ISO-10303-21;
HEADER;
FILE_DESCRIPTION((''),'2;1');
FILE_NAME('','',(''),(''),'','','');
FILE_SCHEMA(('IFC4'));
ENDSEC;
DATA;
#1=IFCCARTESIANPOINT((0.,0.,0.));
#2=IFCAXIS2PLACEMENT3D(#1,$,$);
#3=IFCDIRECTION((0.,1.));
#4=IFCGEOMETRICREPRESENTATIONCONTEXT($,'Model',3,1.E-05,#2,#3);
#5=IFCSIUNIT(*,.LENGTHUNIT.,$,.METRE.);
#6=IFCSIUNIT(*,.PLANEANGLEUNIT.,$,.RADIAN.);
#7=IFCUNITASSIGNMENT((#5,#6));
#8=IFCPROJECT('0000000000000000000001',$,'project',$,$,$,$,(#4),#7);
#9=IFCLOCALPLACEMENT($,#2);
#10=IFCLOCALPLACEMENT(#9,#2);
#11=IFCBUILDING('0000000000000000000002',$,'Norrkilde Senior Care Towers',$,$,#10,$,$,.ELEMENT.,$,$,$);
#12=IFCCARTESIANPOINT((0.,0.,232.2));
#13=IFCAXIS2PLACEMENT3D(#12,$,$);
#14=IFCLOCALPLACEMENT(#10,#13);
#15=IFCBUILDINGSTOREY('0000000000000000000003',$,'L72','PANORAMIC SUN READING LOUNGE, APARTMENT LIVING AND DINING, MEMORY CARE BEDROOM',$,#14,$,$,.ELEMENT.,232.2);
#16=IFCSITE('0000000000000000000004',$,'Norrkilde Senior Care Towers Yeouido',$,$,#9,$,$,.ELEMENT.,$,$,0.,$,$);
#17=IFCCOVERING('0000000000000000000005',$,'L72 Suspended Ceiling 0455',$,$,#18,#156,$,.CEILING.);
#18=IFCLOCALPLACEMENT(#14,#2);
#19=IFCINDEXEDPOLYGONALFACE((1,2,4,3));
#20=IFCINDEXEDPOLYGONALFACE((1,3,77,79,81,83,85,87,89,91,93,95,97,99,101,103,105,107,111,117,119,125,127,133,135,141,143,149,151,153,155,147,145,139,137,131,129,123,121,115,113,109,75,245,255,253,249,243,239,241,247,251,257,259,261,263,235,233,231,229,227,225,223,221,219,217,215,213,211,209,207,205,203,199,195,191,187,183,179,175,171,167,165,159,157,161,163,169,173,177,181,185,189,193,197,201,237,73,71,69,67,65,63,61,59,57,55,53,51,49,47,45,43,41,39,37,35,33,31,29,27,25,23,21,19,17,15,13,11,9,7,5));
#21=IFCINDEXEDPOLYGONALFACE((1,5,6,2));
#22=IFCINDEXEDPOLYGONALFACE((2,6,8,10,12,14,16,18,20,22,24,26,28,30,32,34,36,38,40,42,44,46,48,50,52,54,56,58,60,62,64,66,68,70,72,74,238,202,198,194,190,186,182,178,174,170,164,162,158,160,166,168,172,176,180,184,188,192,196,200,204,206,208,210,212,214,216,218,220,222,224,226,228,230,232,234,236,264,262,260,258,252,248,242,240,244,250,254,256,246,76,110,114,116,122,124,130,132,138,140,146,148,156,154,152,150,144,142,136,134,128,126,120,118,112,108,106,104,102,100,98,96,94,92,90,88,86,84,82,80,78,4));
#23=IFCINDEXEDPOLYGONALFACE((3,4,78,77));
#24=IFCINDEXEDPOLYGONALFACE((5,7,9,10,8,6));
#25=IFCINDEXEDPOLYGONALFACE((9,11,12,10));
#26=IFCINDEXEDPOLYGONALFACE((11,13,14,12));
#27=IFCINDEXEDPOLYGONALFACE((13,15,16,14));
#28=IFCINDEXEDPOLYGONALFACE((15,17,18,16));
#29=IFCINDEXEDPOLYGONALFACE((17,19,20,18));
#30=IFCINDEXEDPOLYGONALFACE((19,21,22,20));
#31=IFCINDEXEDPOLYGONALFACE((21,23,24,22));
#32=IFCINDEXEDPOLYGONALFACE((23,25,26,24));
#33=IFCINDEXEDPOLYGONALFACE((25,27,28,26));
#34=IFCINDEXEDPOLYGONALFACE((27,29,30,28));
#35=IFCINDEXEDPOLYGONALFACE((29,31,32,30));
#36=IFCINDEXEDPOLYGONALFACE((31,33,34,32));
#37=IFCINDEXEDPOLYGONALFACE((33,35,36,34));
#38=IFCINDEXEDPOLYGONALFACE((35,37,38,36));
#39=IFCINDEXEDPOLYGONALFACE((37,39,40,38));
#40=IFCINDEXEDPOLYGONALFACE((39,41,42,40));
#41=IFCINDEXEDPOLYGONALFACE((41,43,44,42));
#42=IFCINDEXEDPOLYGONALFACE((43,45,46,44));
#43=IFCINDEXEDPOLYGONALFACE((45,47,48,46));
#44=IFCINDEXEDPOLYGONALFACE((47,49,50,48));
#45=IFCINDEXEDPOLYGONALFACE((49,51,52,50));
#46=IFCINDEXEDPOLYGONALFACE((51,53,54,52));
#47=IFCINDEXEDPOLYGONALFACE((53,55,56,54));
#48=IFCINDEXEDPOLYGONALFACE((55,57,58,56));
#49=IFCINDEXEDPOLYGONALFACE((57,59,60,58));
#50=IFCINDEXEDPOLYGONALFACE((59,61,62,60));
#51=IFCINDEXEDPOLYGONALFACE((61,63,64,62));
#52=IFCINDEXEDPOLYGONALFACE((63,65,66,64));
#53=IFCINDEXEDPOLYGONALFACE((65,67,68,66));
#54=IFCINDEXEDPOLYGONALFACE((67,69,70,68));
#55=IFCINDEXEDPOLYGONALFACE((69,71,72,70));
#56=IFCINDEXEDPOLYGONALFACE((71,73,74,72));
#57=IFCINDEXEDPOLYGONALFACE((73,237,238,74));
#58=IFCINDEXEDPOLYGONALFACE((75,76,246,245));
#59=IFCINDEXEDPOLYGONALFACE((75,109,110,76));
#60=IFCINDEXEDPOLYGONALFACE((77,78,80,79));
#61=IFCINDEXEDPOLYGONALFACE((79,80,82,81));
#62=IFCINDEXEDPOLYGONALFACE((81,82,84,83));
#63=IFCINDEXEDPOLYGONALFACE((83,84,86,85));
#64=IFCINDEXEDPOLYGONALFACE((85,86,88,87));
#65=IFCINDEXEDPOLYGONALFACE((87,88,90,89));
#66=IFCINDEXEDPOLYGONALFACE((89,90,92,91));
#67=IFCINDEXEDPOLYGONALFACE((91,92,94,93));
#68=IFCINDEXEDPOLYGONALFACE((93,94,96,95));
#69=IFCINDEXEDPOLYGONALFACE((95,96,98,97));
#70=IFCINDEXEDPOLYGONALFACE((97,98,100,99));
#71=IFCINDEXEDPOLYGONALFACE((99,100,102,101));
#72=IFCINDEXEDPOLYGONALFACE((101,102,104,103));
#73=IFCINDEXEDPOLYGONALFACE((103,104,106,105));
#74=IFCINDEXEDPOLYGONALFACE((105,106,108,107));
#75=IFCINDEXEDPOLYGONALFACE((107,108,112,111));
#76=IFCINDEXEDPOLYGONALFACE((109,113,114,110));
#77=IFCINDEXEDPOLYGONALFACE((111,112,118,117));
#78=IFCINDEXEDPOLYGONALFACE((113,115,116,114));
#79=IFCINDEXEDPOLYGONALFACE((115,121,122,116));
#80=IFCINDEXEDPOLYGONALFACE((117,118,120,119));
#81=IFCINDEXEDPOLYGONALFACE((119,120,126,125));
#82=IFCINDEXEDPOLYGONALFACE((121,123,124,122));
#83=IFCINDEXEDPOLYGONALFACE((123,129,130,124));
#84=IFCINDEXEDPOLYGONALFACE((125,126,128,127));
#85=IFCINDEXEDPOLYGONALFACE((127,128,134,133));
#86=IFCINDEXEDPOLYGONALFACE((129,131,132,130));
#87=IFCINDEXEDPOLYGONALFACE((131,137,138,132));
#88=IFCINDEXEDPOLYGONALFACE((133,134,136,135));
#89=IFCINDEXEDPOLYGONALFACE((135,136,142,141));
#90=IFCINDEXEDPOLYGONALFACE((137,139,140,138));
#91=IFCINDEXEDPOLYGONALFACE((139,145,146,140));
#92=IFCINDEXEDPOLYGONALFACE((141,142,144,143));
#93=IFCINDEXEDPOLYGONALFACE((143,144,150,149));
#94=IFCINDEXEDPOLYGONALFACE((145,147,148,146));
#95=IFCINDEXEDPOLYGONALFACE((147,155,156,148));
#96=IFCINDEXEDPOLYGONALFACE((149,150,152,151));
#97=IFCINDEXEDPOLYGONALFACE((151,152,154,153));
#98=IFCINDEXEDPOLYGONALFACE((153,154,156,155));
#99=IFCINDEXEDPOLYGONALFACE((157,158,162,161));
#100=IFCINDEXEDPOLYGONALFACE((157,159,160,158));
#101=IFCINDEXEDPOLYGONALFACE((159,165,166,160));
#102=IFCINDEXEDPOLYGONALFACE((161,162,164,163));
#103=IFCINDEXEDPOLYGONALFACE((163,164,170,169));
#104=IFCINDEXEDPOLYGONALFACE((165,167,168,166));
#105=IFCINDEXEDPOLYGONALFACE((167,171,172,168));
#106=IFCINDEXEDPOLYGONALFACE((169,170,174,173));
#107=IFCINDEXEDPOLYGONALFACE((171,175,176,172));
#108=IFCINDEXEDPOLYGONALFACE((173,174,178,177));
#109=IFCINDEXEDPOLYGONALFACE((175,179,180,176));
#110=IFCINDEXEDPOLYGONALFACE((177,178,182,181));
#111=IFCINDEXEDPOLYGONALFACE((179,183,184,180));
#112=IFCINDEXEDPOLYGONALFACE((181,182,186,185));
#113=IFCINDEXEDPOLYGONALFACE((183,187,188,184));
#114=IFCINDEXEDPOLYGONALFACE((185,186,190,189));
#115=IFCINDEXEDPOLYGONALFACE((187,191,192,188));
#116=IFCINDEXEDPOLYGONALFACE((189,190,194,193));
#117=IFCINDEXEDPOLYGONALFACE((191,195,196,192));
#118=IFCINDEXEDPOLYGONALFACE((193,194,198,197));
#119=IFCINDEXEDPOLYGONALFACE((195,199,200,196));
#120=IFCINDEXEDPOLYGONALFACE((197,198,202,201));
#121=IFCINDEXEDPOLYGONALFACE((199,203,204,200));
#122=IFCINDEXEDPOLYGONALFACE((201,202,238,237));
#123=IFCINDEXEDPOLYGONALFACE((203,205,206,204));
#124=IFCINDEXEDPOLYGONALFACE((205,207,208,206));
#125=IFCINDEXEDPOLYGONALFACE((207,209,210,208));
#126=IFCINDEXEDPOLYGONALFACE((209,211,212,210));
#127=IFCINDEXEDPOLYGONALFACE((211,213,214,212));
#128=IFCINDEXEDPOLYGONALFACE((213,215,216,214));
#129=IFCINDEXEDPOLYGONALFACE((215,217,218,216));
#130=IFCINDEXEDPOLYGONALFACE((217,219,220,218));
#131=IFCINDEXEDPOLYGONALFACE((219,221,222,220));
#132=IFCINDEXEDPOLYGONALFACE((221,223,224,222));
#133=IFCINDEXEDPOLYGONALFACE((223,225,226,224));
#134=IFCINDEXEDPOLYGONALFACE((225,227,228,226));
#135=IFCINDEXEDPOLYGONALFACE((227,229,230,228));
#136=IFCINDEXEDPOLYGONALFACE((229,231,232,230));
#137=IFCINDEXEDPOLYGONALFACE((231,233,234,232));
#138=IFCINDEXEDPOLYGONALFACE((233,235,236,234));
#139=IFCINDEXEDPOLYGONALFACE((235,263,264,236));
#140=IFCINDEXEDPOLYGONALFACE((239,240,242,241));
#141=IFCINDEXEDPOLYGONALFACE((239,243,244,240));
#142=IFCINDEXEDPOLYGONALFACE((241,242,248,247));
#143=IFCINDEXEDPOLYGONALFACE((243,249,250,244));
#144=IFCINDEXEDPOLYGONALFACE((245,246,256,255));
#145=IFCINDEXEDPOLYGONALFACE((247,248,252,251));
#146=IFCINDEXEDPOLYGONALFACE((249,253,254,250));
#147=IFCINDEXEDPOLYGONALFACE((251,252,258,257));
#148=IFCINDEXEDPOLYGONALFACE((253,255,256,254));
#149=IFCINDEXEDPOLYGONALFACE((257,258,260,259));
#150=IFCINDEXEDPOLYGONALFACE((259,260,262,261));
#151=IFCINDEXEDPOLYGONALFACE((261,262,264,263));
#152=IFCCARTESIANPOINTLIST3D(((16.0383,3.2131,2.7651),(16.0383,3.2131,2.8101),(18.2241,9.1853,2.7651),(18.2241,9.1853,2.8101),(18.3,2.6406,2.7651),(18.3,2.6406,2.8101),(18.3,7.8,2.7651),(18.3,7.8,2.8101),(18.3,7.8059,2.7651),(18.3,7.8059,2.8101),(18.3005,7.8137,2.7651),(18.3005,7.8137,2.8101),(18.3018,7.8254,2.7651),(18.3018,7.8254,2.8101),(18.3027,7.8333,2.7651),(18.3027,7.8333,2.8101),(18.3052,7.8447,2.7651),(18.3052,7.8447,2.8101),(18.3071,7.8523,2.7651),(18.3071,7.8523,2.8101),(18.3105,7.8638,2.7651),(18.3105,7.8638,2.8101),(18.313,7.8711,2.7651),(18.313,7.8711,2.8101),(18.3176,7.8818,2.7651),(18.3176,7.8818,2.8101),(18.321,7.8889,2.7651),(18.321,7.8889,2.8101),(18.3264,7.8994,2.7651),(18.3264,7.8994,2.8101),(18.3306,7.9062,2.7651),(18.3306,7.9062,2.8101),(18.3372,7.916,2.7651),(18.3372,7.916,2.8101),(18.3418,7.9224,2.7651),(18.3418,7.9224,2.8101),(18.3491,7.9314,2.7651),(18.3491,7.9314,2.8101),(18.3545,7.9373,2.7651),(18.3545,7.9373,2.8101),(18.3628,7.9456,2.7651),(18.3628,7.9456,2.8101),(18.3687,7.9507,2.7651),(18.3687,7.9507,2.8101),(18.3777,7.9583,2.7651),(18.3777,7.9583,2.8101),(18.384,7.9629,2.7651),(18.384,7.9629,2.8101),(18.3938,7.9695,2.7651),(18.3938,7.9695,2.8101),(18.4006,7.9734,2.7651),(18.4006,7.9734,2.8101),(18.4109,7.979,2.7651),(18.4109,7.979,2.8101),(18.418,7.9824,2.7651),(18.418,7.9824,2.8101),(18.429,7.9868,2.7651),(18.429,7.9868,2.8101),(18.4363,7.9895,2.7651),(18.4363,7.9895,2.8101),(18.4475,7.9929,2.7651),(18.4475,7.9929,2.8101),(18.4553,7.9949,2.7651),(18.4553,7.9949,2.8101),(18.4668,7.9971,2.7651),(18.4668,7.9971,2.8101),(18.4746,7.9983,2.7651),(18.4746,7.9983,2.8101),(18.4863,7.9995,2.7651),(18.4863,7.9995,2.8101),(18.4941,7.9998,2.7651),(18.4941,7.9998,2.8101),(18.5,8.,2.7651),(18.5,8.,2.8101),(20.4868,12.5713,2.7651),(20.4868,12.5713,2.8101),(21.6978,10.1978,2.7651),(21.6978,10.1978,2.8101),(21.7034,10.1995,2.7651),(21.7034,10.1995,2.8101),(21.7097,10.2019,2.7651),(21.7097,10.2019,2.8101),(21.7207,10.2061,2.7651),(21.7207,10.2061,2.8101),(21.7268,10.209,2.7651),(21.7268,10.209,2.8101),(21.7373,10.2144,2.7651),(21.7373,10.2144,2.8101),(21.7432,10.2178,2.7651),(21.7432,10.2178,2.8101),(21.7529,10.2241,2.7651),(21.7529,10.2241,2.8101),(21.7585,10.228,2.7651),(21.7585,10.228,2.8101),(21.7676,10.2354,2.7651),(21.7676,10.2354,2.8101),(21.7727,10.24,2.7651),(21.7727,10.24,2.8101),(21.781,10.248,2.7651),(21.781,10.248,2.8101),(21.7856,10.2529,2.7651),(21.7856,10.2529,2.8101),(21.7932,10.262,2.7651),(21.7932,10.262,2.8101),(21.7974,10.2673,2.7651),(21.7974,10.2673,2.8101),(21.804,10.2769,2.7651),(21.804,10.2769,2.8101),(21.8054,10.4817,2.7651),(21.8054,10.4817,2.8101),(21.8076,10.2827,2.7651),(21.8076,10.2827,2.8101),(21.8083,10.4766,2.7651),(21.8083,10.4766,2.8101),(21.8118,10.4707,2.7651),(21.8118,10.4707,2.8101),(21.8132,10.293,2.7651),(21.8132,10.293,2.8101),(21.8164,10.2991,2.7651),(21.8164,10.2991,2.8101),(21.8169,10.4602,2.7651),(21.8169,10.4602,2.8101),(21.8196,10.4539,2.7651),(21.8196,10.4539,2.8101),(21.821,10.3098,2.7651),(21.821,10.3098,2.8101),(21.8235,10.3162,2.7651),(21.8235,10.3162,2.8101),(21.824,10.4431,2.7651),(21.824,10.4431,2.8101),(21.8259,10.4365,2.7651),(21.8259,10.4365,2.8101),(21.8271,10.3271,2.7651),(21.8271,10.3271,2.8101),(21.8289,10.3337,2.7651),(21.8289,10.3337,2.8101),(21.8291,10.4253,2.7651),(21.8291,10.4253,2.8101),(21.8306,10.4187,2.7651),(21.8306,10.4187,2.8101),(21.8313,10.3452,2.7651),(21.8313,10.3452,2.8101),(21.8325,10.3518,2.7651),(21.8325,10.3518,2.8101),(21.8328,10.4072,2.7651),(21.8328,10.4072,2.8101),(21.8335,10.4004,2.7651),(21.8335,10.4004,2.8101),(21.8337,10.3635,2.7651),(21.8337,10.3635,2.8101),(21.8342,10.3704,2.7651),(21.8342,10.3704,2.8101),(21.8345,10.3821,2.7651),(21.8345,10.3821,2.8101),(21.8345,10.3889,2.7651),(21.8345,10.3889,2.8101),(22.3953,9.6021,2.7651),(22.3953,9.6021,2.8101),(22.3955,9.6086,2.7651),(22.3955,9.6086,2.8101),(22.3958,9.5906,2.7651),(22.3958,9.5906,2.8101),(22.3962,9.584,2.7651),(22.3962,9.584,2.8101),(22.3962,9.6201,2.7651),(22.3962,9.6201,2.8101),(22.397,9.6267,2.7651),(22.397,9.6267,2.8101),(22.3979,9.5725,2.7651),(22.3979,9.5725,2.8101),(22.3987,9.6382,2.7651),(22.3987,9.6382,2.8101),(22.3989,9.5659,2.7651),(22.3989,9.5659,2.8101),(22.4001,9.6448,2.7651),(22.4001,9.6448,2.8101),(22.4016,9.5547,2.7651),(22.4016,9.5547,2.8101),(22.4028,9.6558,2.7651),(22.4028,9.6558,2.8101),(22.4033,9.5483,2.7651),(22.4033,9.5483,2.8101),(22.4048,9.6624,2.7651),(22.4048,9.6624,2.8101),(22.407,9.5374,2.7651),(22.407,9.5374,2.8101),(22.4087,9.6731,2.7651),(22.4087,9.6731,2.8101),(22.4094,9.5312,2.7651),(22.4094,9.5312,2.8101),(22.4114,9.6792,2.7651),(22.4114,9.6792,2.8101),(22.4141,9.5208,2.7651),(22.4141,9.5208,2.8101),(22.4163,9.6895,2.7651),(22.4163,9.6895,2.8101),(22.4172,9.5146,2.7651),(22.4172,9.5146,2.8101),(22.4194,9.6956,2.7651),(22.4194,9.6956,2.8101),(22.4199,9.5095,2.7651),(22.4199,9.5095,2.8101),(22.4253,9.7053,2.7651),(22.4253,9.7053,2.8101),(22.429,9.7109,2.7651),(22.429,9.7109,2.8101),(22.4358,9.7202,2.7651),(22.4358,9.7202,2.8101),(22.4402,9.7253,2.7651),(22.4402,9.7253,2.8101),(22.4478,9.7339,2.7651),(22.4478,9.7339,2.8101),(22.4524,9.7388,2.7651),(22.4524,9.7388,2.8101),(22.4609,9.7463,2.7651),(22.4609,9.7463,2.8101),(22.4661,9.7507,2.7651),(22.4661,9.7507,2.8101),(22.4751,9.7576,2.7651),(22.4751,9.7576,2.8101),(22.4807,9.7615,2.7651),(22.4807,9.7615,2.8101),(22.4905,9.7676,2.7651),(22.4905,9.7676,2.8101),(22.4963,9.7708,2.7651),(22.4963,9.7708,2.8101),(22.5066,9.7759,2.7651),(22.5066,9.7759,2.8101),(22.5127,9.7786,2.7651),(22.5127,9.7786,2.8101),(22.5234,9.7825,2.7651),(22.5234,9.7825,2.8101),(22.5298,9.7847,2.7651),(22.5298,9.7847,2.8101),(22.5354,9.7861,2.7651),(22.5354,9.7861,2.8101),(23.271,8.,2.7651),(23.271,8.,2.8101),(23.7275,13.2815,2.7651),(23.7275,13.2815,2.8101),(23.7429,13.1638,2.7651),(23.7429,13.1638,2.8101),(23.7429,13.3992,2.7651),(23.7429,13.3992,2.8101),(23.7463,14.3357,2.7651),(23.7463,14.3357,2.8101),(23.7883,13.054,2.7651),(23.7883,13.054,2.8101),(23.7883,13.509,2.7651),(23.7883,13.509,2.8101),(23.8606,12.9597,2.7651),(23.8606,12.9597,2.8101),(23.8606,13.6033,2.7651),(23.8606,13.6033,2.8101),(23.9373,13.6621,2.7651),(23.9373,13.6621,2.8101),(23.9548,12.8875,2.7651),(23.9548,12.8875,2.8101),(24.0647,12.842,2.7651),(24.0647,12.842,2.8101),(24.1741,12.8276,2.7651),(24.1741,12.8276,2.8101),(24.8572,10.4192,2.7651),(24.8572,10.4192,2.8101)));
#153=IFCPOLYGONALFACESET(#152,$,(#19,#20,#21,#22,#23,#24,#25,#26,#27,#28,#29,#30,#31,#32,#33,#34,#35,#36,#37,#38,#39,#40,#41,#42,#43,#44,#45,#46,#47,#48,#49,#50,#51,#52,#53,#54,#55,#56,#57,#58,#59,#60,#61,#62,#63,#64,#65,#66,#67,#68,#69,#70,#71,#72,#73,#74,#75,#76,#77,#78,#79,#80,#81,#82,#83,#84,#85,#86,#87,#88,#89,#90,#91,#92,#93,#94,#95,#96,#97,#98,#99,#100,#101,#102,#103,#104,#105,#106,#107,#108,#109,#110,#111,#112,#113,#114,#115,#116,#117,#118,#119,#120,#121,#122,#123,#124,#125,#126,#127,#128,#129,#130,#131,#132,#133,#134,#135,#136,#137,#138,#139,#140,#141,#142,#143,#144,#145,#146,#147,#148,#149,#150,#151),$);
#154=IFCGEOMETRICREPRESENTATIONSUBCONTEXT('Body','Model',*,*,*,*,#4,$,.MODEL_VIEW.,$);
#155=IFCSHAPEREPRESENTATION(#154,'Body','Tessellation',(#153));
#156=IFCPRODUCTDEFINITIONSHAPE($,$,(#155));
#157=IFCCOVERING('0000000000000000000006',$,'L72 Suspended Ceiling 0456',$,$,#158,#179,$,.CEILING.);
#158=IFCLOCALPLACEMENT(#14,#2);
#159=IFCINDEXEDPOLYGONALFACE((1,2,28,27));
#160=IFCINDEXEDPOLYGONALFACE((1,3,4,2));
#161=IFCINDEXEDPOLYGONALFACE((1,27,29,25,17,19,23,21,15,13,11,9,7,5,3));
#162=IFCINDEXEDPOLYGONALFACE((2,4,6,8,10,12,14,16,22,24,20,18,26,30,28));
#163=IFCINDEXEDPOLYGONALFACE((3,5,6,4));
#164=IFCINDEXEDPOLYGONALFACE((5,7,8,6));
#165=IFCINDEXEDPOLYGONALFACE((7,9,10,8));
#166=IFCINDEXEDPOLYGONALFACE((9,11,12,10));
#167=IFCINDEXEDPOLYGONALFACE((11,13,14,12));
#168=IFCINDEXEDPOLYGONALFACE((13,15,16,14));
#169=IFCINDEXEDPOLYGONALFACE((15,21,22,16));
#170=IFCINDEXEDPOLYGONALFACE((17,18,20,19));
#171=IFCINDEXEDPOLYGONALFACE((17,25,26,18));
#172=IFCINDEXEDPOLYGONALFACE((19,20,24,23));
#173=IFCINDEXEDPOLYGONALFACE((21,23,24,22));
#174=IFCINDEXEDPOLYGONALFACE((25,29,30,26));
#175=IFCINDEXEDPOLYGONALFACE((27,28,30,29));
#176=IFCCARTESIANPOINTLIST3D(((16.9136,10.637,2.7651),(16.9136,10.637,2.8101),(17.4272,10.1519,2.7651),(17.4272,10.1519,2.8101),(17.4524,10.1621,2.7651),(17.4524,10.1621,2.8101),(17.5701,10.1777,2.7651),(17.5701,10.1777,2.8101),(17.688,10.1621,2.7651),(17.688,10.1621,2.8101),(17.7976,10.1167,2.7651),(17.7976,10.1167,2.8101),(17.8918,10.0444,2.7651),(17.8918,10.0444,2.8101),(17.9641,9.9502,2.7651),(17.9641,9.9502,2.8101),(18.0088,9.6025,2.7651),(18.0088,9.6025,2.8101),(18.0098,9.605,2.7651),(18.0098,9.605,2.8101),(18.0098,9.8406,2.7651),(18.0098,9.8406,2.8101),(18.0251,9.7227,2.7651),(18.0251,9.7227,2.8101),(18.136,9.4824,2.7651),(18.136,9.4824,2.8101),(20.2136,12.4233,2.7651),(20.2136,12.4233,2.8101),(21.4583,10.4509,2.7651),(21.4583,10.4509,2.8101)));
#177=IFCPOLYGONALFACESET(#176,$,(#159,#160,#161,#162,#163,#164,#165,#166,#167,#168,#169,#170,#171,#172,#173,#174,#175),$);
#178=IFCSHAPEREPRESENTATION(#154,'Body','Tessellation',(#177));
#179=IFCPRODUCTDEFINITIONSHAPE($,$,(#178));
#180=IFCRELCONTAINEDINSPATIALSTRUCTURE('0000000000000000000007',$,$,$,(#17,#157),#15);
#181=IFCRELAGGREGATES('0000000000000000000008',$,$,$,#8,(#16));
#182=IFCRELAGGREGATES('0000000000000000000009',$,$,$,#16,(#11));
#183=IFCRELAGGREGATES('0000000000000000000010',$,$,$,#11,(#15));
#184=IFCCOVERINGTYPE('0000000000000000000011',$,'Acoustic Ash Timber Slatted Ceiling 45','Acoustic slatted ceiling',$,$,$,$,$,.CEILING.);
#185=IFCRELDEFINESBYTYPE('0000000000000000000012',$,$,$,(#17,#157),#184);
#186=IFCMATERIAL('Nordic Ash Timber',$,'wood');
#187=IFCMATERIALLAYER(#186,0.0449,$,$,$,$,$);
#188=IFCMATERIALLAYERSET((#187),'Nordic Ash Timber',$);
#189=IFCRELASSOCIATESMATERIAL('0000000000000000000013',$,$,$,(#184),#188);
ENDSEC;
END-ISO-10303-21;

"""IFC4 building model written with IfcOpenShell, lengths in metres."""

from ifc_helpers import new_model, si_unit, direction, frame, origin, place, context, subcontext, project, spatial, polyline, outline, extrude, material, layer, layer_set, type_object, element, save


model = new_model("IFC4")

# Units and contexts
model_context = context("Model", 3, precision=1e-05, world=origin(), true_north=direction((0.0, 1.0)))
body_context = subcontext(model_context, "Body", "Model", "MODEL_VIEW")
ifc_project = project(units=[si_unit("LENGTHUNIT", "METRE"), si_unit("PLANEANGLEUNIT", "RADIAN")], contexts=[model_context])

# Site, building, storey
site_placement = place(None, origin())
site = spatial("IfcSite", under=ifc_project, at=site_placement, Name="Norrkilde Senior Care Towers Yeouido", CompositionType="ELEMENT", RefElevation=0.0)
building_placement = place(site_placement, origin())
building = spatial("IfcBuilding", under=site, at=building_placement, Name="Norrkilde Senior Care Towers", CompositionType="ELEMENT")
storey_placement = place(building_placement, frame((0.0, 0.0, 232.2)))
storey = spatial("IfcBuildingStorey", under=building, at=storey_placement, Name="L72", Description="PANORAMIC SUN READING LOUNGE, APARTMENT LIVING AND DINING, MEMORY CARE BEDROOM", CompositionType="ELEMENT", Elevation=232.2)

# Shared definitions
ifc_material_1 = material(Name="Nordic Ash Timber", Category="wood")

# Coverings
ifc_layer_1 = layer(ifc_material_1, 0.0449)
ifc_layer_set_1 = layer_set([ifc_layer_1], Name="Nordic Ash Timber")
covering_type_1 = type_object("IfcCoveringType", Name="Acoustic Ash Timber Slatted Ceiling 45", Description="Acoustic slatted ceiling", PredefinedType="CEILING", material=ifc_layer_set_1)
covering_1_placement = place(storey_placement, frame((0.0, 0.0, 2.7651)))
element("IfcCovering", 1, at=covering_1_placement, inside=storey, type_object=covering_type_1, Name="L72 Suspended Ceiling 0455", PredefinedType="CEILING", context=body_context, shape_type="SweptSolid", body=[
    extrude(outline(polyline([(22.5066, 9.7759), (22.4963, 9.7708), (22.4905, 9.7676), (22.4807, 9.7615), (22.4751, 9.7576), (22.4661, 9.7507), (22.4609, 9.7463), (22.4524, 9.7388), (22.4478, 9.7339), (22.4402, 9.7253), (22.4358, 9.7202), (22.429, 9.7109), (22.4253, 9.7053), (22.4194, 9.6956), (22.4163, 9.6895), (22.4114, 9.6792), (22.4087, 9.6731), (22.4048, 9.6624), (22.4028, 9.6558), (22.4001, 9.6448), (22.3987, 9.6382), (22.397, 9.6267), (22.3962, 9.6201), (22.3955, 9.6086), (22.3953, 9.6021), (22.3958, 9.5906), (22.3962, 9.584), (22.3979, 9.5725), (22.3989, 9.5659), (22.4016, 9.5547), (22.4033, 9.5483), (22.407, 9.5374), (22.4094, 9.5312), (22.4141, 9.5208), (22.4172, 9.5146), (22.4199, 9.5095), (23.271, 8.0), (18.5, 8.0), (18.4941, 7.9998), (18.4863, 7.9995), (18.4746, 7.9983), (18.4668, 7.9971), (18.4553, 7.9949), (18.4475, 7.9929), (18.4363, 7.9895), (18.429, 7.9868), (18.418, 7.9824), (18.4109, 7.979), (18.4006, 7.9734), (18.3938, 7.9695), (18.384, 7.9629), (18.3777, 7.9583), (18.3687, 7.9507), (18.3628, 7.9456), (18.3545, 7.9373), (18.3491, 7.9314), (18.3418, 7.9224), (18.3372, 7.916), (18.3306, 7.9062), (18.3264, 7.8994), (18.321, 7.8889), (18.3176, 7.8818), (18.313, 7.8711), (18.3105, 7.8638), (18.3071, 7.8523), (18.3052, 7.8447), (18.3027, 7.8333), (18.3018, 7.8254), (18.3005, 7.8137), (18.3, 7.8059), (18.3, 7.8), (18.3, 2.6406), (16.0383, 3.2131), (18.2241, 9.1853), (21.6978, 10.1978), (21.7034, 10.1995), (21.7097, 10.2019), (21.7207, 10.2061), (21.7268, 10.209), (21.7373, 10.2144), (21.7432, 10.2178), (21.7529, 10.2241), (21.7585, 10.228), (21.7676, 10.2354), (21.7727, 10.24), (21.781, 10.248), (21.7856, 10.2529), (21.7932, 10.262), (21.7974, 10.2673), (21.804, 10.2769), (21.8076, 10.2827), (21.8132, 10.293), (21.8164, 10.2991), (21.821, 10.3098), (21.8235, 10.3162), (21.8271, 10.3271), (21.8289, 10.3337), (21.8313, 10.3452), (21.8325, 10.3518), (21.8337, 10.3635), (21.8342, 10.3704), (21.8345, 10.3821), (21.8345, 10.3889), (21.8335, 10.4004), (21.8328, 10.4072), (21.8306, 10.4187), (21.8291, 10.4253), (21.8259, 10.4365), (21.824, 10.4431), (21.8196, 10.4539), (21.8169, 10.4602), (21.8118, 10.4707), (21.8083, 10.4766), (21.8054, 10.4817), (20.4868, 12.5713), (23.7463, 14.3357), (23.9373, 13.6621), (23.8606, 13.6033), (23.7883, 13.509), (23.7429, 13.3992), (23.7275, 13.2815), (23.7429, 13.1638), (23.7883, 13.054), (23.8606, 12.9597), (23.9548, 12.8875), (24.0647, 12.842), (24.1741, 12.8276), (24.8572, 10.4192), (22.5354, 9.7861), (22.5298, 9.7847), (22.5234, 9.7825), (22.5127, 9.7786), (22.5066, 9.7759)])), origin(), (0.0, 0.0, 1.0), 0.0449),
])
covering_2_placement = place(storey_placement, frame((0.0, 0.0, 2.7651)))
element("IfcCovering", 2, at=covering_2_placement, inside=storey, type_object=covering_type_1, Name="L72 Suspended Ceiling 0456", PredefinedType="CEILING", context=body_context, shape_type="SweptSolid", body=[
    extrude(outline(polyline([(18.0088, 9.6025), (18.0098, 9.605), (18.0251, 9.7227), (18.0098, 9.8406), (17.9641, 9.9502), (17.8918, 10.0444), (17.7976, 10.1167), (17.688, 10.1621), (17.5701, 10.1777), (17.4524, 10.1621), (17.4272, 10.1519), (16.9136, 10.637), (20.2136, 12.4233), (21.4583, 10.4509), (18.136, 9.4824), (18.0088, 9.6025)])), origin(), (0.0, 0.0, 1.0), 0.0449),
])

save(model, "model.ifc")
